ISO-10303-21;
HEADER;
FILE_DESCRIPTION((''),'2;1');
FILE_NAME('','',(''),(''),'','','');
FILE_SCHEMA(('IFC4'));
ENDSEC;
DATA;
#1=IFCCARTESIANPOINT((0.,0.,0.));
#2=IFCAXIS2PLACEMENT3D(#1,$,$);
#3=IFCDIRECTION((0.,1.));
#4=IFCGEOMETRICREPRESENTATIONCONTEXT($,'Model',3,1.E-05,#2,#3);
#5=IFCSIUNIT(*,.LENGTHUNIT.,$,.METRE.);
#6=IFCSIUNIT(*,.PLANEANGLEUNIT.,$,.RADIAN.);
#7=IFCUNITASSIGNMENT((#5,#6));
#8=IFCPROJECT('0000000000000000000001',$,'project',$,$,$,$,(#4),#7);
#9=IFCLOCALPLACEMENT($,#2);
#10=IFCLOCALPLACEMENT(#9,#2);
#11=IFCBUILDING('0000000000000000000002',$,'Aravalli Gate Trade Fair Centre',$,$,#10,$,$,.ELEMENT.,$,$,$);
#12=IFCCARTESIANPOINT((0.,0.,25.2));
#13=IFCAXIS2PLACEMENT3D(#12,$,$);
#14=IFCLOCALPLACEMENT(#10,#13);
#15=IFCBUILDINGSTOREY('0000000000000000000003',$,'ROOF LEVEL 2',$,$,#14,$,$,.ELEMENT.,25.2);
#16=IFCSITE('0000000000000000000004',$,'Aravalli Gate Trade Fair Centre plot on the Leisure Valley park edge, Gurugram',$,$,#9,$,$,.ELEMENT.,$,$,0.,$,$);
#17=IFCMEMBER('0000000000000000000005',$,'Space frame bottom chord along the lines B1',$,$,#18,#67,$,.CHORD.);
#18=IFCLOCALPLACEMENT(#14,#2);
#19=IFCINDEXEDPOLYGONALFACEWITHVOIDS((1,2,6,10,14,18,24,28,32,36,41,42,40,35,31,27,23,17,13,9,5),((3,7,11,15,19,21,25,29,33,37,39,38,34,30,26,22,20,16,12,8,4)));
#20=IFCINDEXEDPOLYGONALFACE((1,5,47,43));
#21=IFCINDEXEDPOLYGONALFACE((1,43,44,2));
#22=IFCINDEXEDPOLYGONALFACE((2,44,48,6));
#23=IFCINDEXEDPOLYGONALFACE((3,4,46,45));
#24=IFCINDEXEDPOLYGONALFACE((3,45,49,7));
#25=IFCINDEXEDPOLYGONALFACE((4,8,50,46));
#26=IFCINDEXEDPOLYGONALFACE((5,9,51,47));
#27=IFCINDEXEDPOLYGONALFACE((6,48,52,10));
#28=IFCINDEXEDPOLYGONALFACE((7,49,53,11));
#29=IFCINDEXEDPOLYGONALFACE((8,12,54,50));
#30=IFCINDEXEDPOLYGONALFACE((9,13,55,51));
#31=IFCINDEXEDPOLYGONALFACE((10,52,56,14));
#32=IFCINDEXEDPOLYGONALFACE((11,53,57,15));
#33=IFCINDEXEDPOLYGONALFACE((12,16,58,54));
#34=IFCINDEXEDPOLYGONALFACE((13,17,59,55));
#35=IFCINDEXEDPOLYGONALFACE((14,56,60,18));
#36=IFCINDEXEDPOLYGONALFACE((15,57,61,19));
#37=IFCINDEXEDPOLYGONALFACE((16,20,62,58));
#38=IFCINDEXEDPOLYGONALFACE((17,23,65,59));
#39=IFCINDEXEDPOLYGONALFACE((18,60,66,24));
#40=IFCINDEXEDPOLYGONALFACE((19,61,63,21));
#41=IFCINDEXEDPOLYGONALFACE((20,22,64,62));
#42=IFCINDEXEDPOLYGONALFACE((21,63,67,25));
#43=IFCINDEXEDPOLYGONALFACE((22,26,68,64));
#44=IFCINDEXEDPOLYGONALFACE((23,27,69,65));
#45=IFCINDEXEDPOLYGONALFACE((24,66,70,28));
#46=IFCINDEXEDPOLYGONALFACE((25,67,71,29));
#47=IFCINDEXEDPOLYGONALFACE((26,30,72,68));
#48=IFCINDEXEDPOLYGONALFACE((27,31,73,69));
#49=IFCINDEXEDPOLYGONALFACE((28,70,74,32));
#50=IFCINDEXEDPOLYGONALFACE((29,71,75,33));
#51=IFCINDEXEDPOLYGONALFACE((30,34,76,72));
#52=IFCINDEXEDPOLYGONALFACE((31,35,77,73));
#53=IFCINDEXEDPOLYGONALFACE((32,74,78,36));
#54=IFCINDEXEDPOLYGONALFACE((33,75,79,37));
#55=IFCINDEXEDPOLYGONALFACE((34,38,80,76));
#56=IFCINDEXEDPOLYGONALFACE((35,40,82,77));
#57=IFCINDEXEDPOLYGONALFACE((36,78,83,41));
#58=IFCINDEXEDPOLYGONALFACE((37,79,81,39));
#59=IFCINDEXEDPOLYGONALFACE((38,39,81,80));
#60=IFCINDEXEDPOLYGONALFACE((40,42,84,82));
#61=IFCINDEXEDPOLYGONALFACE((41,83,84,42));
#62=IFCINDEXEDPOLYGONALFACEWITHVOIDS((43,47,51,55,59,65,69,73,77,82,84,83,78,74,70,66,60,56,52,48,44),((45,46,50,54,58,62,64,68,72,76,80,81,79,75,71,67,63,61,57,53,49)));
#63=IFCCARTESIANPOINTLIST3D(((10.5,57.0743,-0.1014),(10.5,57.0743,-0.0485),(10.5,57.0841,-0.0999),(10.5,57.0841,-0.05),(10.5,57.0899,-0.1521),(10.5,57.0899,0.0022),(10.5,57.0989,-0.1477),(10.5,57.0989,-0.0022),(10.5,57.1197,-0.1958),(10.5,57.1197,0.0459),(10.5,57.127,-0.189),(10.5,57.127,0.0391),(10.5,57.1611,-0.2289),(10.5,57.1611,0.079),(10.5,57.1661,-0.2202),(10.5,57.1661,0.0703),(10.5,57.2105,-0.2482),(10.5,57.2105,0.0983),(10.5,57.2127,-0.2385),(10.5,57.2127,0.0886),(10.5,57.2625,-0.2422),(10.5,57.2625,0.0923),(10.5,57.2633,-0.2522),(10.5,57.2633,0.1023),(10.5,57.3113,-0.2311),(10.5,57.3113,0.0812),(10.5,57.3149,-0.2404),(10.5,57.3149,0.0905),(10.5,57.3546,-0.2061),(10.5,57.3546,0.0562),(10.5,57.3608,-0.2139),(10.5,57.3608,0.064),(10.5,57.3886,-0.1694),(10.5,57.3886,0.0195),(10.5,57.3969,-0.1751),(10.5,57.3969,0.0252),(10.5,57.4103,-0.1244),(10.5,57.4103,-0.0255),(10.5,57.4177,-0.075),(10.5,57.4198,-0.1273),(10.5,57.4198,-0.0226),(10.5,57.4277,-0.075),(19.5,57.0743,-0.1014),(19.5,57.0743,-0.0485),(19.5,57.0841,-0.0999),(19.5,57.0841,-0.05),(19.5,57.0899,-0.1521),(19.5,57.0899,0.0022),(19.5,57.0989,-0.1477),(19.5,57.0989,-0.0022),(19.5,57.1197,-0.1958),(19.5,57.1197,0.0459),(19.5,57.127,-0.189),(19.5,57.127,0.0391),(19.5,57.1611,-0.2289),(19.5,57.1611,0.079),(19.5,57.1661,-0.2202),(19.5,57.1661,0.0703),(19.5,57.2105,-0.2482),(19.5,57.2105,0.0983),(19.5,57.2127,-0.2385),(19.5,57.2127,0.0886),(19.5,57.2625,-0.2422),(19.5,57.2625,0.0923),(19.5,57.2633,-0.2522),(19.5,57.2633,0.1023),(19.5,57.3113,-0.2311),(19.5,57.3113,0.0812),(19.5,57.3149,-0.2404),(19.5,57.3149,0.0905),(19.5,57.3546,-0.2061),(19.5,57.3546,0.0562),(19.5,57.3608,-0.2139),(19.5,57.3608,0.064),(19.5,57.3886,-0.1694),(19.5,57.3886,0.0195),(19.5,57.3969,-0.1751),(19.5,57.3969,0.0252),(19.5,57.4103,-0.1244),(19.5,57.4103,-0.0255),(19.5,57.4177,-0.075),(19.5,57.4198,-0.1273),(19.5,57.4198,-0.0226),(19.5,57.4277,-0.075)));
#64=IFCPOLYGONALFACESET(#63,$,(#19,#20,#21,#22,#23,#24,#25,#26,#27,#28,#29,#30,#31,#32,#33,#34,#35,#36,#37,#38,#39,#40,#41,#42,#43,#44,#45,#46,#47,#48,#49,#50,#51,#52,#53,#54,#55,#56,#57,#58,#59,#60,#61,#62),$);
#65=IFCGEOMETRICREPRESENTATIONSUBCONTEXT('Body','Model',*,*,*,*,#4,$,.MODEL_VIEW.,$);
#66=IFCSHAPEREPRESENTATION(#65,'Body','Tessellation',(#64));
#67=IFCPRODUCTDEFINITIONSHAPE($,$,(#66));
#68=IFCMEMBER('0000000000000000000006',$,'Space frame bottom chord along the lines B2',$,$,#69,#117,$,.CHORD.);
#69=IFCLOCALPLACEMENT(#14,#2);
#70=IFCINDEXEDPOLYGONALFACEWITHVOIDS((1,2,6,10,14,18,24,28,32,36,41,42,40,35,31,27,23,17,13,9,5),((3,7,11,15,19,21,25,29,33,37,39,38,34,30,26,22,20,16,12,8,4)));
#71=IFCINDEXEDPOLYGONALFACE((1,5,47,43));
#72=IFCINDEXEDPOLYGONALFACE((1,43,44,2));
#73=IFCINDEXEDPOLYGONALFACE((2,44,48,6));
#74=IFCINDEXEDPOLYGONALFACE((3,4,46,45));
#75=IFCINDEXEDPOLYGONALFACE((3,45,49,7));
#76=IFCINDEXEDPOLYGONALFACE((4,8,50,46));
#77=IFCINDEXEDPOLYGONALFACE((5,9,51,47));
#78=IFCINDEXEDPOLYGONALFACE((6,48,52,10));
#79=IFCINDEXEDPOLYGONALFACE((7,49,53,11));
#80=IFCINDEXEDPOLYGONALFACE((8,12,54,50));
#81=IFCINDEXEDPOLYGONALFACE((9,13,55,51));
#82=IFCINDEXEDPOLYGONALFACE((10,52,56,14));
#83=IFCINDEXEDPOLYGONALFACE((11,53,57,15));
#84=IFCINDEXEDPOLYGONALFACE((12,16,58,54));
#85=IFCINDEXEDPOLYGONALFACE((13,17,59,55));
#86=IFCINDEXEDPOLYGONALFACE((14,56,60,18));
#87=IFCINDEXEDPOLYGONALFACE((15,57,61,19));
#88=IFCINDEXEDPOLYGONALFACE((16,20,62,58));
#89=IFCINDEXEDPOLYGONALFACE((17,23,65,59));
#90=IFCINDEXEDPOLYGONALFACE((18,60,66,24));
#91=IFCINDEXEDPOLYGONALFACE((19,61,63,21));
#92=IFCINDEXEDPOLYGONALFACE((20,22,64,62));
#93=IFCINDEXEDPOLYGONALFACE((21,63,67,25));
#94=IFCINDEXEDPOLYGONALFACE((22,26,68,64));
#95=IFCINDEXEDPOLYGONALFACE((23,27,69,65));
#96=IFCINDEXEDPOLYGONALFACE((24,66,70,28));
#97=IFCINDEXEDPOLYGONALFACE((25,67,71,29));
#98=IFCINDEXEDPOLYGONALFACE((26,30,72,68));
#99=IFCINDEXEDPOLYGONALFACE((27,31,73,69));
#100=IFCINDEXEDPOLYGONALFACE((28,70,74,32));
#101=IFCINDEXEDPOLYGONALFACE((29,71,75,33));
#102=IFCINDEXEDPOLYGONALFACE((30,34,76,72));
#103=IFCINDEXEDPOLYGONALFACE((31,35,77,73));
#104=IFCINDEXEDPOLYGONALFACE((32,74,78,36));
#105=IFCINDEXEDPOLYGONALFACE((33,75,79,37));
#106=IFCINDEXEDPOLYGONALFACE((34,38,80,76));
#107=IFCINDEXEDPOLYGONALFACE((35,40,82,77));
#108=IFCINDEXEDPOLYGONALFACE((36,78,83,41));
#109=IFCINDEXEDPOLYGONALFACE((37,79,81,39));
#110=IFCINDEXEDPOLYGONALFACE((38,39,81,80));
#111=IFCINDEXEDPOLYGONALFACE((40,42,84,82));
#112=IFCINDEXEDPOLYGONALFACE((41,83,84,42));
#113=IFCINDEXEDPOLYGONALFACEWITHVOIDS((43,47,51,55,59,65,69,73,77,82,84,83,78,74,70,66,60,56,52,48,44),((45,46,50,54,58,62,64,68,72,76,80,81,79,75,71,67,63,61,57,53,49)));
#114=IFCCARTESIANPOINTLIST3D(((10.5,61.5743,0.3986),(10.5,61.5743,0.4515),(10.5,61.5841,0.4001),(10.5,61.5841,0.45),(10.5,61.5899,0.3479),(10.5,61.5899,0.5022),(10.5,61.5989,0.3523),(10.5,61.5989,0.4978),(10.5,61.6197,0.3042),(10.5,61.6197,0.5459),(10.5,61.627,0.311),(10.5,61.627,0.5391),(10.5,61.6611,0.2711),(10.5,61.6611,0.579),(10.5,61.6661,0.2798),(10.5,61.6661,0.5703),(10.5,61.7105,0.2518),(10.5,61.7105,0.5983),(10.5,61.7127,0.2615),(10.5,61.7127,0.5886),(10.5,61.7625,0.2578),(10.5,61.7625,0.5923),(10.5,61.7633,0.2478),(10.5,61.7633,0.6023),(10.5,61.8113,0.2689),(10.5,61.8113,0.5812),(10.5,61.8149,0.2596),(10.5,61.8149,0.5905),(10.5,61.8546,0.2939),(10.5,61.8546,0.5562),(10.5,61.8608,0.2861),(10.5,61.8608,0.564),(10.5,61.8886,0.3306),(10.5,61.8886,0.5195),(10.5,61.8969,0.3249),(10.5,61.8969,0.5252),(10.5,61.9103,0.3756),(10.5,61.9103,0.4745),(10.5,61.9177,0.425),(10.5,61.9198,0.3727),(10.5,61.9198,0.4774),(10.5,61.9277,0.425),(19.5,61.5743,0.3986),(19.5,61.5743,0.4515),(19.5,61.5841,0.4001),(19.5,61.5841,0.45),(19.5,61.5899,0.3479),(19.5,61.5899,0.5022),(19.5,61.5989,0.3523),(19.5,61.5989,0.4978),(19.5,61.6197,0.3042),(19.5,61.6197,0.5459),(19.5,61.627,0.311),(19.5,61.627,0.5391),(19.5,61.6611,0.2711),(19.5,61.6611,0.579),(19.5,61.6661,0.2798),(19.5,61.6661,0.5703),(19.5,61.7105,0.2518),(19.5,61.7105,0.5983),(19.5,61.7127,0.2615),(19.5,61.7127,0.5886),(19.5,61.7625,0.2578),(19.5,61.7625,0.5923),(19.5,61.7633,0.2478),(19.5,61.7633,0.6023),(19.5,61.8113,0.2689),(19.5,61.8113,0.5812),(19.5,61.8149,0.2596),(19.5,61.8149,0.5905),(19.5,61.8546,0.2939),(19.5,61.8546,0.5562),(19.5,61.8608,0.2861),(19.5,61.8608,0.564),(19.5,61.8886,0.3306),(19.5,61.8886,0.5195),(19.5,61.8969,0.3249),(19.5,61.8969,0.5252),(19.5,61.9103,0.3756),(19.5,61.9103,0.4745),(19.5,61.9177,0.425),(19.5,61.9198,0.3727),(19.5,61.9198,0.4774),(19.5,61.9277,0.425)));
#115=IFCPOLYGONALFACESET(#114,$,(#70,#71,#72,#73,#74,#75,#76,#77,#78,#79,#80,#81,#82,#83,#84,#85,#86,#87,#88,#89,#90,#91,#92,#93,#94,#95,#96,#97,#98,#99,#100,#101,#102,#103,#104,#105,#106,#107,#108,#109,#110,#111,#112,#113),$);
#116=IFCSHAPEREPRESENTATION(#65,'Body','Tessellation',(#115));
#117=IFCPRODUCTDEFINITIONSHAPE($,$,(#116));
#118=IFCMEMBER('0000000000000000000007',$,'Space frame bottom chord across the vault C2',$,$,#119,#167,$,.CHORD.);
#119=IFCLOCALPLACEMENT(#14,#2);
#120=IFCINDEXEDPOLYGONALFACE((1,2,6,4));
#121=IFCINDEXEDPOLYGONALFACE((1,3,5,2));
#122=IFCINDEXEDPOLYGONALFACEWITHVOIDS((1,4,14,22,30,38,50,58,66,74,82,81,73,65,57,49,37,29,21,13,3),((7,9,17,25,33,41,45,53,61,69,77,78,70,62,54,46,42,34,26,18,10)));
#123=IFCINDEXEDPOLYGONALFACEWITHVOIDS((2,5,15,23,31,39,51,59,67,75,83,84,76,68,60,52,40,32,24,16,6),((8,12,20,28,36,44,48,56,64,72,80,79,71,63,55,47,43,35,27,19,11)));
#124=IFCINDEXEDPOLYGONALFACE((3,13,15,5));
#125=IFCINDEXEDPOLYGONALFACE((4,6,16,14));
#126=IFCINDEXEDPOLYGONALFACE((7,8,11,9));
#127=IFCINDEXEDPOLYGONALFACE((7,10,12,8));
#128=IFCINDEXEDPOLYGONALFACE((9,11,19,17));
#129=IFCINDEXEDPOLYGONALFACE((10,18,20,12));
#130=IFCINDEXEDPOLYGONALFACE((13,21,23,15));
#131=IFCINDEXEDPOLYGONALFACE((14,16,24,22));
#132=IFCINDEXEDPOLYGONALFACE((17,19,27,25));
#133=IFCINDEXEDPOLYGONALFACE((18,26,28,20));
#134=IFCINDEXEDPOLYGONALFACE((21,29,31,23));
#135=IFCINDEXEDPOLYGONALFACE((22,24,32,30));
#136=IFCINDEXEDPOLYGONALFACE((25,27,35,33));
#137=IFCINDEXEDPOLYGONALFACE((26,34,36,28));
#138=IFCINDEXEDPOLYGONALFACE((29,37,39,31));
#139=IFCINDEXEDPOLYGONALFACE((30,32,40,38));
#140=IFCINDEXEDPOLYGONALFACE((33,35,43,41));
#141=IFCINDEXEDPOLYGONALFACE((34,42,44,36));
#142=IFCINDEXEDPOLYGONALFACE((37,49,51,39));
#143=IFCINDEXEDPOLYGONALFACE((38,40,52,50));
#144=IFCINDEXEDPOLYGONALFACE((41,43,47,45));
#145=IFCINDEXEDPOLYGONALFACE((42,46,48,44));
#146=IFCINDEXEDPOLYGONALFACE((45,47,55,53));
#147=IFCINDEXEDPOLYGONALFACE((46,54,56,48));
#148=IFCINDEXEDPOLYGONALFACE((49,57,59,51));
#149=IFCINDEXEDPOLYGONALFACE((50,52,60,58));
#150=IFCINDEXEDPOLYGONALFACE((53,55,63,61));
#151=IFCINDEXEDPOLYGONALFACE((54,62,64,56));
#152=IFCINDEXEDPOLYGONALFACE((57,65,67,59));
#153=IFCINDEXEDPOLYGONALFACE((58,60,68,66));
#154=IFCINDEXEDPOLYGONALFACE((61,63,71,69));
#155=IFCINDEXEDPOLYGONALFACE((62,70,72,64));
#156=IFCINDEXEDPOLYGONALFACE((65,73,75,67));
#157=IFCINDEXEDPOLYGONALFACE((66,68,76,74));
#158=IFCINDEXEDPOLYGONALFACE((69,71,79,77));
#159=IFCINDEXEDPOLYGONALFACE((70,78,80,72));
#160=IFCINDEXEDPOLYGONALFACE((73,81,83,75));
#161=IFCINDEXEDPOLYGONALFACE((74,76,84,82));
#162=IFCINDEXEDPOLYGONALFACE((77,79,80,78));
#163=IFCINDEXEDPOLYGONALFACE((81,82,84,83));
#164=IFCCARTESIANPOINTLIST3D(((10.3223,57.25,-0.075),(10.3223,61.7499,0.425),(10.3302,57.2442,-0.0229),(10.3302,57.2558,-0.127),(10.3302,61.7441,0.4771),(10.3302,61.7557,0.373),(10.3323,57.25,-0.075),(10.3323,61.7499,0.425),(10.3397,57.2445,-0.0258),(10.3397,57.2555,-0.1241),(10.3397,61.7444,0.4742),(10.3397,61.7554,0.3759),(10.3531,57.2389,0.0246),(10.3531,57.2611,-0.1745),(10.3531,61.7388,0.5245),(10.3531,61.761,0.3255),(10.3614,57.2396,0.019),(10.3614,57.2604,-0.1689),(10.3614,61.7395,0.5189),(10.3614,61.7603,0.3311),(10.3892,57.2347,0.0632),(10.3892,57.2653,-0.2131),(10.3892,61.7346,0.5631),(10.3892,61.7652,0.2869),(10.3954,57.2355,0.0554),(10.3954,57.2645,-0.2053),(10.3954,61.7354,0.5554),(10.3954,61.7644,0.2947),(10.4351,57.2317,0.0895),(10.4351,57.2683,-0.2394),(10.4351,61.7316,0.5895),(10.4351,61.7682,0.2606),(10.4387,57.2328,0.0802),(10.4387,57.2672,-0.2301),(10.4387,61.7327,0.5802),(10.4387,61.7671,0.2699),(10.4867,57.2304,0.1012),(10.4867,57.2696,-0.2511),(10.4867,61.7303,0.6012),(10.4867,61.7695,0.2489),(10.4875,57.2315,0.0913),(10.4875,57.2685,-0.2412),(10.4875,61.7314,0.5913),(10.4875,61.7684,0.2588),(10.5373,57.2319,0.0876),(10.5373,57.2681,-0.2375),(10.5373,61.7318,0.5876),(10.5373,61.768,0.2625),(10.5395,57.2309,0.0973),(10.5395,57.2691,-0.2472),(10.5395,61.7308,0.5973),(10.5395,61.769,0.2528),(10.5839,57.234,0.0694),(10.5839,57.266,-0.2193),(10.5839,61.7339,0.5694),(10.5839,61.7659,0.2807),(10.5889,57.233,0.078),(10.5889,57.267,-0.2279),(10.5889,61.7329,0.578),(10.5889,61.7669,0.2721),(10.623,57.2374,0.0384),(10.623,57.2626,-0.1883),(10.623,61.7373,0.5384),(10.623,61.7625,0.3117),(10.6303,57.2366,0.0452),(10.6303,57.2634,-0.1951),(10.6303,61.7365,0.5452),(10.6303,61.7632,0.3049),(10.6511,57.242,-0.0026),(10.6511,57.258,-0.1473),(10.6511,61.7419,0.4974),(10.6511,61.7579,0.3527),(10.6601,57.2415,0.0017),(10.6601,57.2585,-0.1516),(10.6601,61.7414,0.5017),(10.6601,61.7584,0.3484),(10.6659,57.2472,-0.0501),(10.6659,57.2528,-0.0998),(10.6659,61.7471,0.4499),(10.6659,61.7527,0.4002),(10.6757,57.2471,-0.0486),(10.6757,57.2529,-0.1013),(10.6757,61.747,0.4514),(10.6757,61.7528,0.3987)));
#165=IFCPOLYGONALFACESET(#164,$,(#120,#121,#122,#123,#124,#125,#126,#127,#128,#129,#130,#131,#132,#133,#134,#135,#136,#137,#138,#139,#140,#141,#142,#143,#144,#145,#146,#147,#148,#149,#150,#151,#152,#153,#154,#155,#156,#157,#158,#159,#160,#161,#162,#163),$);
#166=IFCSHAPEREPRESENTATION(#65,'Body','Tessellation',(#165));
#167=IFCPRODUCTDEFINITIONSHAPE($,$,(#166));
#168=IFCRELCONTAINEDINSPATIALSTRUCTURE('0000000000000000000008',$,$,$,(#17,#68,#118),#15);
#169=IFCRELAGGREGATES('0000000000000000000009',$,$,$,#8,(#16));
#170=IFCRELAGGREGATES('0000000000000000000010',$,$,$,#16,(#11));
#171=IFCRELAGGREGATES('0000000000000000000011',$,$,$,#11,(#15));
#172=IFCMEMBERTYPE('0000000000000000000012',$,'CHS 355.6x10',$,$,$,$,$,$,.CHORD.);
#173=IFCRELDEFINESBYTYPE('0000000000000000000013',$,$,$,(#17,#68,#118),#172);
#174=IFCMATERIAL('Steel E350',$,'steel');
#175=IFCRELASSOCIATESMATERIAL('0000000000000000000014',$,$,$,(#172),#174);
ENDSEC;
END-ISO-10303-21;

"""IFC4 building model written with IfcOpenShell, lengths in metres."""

from ifc_helpers import new_model, si_unit, direction, frame, origin, origin_2d, place, context, subcontext, project, spatial, hollow_circle, extrude, material, material_profile, profile_set, type_object, element, save


model = new_model("IFC4")

# Units and contexts
model_context = context("Model", 3, precision=1e-05, world=origin(), true_north=direction((0.0, 1.0)))
body_context = subcontext(model_context, "Body", "Model", "MODEL_VIEW")
ifc_project = project(units=[si_unit("LENGTHUNIT", "METRE"), si_unit("PLANEANGLEUNIT", "RADIAN")], contexts=[model_context])

# Site, building, storey
site_placement = place(None, origin())
site = spatial("IfcSite", under=ifc_project, at=site_placement, Name="Aravalli Gate Trade Fair Centre plot on the Leisure Valley park edge, Gurugram", CompositionType="ELEMENT", RefElevation=0.0)
building_placement = place(site_placement, origin())
building = spatial("IfcBuilding", under=site, at=building_placement, Name="Aravalli Gate Trade Fair Centre", CompositionType="ELEMENT")
storey_placement = place(building_placement, frame((0.0, 0.0, 25.2)))
storey = spatial("IfcBuildingStorey", under=building, at=storey_placement, Name="ROOF LEVEL 2", CompositionType="ELEMENT", Elevation=25.2)

# Members
ifc_material_1 = material(Name="Steel E350", Category="steel")
ifc_material_profile_1 = material_profile(ifc_material_1, hollow_circle(Radius=0.1777, WallThickness=0.01, at=origin_2d()), Name="CHS 355.6x10")
ifc_profile_set_1 = profile_set([ifc_material_profile_1], Name="Steel E350")
member_type_1 = type_object("IfcMemberType", Name="CHS 355.6x10", PredefinedType="CHORD", material=ifc_profile_set_1)
for number, where, z_axis, x_axis, name in (
    (1, (10.5, 57.25, -0.075), (1.0, 0.0, 0.0), (0.0, 1.0, 0.0), "Space frame bottom chord along the lines B1"),
    (2, (10.5, 61.75, 0.425), (1.0, 0.0, 0.0), (0.0, 1.0, 0.0), "Space frame bottom chord along the lines B2"),
):
    element("IfcMember", number, at=place(storey_placement, frame(where, z_axis=z_axis, x_axis=x_axis)), inside=storey, type_object=member_type_1, Name=name, PredefinedType="CHORD", context=body_context, shape_type="SweptSolid", body=[
        extrude(hollow_circle(Radius=0.1777, WallThickness=0.01, at=origin_2d()), origin(), (0.0, 0.0, 1.0), 9.0),
    ])
member_1_placement = place(storey_placement, frame((10.5, 57.25, -0.075), z_axis=(0.0, 0.993884, 0.110432), x_axis=(-1.0, 0.0, 0.0)))
element("IfcMember", 3, at=member_1_placement, inside=storey, type_object=member_type_1, Name="Space frame bottom chord across the vault C2", PredefinedType="CHORD", context=body_context, shape_type="SweptSolid", body=[
    extrude(hollow_circle(Radius=0.1777, WallThickness=0.01, at=origin_2d()), origin(), (0.0, 0.0, 1.0), 4.5276),
])

save(model, "model.ifc")
